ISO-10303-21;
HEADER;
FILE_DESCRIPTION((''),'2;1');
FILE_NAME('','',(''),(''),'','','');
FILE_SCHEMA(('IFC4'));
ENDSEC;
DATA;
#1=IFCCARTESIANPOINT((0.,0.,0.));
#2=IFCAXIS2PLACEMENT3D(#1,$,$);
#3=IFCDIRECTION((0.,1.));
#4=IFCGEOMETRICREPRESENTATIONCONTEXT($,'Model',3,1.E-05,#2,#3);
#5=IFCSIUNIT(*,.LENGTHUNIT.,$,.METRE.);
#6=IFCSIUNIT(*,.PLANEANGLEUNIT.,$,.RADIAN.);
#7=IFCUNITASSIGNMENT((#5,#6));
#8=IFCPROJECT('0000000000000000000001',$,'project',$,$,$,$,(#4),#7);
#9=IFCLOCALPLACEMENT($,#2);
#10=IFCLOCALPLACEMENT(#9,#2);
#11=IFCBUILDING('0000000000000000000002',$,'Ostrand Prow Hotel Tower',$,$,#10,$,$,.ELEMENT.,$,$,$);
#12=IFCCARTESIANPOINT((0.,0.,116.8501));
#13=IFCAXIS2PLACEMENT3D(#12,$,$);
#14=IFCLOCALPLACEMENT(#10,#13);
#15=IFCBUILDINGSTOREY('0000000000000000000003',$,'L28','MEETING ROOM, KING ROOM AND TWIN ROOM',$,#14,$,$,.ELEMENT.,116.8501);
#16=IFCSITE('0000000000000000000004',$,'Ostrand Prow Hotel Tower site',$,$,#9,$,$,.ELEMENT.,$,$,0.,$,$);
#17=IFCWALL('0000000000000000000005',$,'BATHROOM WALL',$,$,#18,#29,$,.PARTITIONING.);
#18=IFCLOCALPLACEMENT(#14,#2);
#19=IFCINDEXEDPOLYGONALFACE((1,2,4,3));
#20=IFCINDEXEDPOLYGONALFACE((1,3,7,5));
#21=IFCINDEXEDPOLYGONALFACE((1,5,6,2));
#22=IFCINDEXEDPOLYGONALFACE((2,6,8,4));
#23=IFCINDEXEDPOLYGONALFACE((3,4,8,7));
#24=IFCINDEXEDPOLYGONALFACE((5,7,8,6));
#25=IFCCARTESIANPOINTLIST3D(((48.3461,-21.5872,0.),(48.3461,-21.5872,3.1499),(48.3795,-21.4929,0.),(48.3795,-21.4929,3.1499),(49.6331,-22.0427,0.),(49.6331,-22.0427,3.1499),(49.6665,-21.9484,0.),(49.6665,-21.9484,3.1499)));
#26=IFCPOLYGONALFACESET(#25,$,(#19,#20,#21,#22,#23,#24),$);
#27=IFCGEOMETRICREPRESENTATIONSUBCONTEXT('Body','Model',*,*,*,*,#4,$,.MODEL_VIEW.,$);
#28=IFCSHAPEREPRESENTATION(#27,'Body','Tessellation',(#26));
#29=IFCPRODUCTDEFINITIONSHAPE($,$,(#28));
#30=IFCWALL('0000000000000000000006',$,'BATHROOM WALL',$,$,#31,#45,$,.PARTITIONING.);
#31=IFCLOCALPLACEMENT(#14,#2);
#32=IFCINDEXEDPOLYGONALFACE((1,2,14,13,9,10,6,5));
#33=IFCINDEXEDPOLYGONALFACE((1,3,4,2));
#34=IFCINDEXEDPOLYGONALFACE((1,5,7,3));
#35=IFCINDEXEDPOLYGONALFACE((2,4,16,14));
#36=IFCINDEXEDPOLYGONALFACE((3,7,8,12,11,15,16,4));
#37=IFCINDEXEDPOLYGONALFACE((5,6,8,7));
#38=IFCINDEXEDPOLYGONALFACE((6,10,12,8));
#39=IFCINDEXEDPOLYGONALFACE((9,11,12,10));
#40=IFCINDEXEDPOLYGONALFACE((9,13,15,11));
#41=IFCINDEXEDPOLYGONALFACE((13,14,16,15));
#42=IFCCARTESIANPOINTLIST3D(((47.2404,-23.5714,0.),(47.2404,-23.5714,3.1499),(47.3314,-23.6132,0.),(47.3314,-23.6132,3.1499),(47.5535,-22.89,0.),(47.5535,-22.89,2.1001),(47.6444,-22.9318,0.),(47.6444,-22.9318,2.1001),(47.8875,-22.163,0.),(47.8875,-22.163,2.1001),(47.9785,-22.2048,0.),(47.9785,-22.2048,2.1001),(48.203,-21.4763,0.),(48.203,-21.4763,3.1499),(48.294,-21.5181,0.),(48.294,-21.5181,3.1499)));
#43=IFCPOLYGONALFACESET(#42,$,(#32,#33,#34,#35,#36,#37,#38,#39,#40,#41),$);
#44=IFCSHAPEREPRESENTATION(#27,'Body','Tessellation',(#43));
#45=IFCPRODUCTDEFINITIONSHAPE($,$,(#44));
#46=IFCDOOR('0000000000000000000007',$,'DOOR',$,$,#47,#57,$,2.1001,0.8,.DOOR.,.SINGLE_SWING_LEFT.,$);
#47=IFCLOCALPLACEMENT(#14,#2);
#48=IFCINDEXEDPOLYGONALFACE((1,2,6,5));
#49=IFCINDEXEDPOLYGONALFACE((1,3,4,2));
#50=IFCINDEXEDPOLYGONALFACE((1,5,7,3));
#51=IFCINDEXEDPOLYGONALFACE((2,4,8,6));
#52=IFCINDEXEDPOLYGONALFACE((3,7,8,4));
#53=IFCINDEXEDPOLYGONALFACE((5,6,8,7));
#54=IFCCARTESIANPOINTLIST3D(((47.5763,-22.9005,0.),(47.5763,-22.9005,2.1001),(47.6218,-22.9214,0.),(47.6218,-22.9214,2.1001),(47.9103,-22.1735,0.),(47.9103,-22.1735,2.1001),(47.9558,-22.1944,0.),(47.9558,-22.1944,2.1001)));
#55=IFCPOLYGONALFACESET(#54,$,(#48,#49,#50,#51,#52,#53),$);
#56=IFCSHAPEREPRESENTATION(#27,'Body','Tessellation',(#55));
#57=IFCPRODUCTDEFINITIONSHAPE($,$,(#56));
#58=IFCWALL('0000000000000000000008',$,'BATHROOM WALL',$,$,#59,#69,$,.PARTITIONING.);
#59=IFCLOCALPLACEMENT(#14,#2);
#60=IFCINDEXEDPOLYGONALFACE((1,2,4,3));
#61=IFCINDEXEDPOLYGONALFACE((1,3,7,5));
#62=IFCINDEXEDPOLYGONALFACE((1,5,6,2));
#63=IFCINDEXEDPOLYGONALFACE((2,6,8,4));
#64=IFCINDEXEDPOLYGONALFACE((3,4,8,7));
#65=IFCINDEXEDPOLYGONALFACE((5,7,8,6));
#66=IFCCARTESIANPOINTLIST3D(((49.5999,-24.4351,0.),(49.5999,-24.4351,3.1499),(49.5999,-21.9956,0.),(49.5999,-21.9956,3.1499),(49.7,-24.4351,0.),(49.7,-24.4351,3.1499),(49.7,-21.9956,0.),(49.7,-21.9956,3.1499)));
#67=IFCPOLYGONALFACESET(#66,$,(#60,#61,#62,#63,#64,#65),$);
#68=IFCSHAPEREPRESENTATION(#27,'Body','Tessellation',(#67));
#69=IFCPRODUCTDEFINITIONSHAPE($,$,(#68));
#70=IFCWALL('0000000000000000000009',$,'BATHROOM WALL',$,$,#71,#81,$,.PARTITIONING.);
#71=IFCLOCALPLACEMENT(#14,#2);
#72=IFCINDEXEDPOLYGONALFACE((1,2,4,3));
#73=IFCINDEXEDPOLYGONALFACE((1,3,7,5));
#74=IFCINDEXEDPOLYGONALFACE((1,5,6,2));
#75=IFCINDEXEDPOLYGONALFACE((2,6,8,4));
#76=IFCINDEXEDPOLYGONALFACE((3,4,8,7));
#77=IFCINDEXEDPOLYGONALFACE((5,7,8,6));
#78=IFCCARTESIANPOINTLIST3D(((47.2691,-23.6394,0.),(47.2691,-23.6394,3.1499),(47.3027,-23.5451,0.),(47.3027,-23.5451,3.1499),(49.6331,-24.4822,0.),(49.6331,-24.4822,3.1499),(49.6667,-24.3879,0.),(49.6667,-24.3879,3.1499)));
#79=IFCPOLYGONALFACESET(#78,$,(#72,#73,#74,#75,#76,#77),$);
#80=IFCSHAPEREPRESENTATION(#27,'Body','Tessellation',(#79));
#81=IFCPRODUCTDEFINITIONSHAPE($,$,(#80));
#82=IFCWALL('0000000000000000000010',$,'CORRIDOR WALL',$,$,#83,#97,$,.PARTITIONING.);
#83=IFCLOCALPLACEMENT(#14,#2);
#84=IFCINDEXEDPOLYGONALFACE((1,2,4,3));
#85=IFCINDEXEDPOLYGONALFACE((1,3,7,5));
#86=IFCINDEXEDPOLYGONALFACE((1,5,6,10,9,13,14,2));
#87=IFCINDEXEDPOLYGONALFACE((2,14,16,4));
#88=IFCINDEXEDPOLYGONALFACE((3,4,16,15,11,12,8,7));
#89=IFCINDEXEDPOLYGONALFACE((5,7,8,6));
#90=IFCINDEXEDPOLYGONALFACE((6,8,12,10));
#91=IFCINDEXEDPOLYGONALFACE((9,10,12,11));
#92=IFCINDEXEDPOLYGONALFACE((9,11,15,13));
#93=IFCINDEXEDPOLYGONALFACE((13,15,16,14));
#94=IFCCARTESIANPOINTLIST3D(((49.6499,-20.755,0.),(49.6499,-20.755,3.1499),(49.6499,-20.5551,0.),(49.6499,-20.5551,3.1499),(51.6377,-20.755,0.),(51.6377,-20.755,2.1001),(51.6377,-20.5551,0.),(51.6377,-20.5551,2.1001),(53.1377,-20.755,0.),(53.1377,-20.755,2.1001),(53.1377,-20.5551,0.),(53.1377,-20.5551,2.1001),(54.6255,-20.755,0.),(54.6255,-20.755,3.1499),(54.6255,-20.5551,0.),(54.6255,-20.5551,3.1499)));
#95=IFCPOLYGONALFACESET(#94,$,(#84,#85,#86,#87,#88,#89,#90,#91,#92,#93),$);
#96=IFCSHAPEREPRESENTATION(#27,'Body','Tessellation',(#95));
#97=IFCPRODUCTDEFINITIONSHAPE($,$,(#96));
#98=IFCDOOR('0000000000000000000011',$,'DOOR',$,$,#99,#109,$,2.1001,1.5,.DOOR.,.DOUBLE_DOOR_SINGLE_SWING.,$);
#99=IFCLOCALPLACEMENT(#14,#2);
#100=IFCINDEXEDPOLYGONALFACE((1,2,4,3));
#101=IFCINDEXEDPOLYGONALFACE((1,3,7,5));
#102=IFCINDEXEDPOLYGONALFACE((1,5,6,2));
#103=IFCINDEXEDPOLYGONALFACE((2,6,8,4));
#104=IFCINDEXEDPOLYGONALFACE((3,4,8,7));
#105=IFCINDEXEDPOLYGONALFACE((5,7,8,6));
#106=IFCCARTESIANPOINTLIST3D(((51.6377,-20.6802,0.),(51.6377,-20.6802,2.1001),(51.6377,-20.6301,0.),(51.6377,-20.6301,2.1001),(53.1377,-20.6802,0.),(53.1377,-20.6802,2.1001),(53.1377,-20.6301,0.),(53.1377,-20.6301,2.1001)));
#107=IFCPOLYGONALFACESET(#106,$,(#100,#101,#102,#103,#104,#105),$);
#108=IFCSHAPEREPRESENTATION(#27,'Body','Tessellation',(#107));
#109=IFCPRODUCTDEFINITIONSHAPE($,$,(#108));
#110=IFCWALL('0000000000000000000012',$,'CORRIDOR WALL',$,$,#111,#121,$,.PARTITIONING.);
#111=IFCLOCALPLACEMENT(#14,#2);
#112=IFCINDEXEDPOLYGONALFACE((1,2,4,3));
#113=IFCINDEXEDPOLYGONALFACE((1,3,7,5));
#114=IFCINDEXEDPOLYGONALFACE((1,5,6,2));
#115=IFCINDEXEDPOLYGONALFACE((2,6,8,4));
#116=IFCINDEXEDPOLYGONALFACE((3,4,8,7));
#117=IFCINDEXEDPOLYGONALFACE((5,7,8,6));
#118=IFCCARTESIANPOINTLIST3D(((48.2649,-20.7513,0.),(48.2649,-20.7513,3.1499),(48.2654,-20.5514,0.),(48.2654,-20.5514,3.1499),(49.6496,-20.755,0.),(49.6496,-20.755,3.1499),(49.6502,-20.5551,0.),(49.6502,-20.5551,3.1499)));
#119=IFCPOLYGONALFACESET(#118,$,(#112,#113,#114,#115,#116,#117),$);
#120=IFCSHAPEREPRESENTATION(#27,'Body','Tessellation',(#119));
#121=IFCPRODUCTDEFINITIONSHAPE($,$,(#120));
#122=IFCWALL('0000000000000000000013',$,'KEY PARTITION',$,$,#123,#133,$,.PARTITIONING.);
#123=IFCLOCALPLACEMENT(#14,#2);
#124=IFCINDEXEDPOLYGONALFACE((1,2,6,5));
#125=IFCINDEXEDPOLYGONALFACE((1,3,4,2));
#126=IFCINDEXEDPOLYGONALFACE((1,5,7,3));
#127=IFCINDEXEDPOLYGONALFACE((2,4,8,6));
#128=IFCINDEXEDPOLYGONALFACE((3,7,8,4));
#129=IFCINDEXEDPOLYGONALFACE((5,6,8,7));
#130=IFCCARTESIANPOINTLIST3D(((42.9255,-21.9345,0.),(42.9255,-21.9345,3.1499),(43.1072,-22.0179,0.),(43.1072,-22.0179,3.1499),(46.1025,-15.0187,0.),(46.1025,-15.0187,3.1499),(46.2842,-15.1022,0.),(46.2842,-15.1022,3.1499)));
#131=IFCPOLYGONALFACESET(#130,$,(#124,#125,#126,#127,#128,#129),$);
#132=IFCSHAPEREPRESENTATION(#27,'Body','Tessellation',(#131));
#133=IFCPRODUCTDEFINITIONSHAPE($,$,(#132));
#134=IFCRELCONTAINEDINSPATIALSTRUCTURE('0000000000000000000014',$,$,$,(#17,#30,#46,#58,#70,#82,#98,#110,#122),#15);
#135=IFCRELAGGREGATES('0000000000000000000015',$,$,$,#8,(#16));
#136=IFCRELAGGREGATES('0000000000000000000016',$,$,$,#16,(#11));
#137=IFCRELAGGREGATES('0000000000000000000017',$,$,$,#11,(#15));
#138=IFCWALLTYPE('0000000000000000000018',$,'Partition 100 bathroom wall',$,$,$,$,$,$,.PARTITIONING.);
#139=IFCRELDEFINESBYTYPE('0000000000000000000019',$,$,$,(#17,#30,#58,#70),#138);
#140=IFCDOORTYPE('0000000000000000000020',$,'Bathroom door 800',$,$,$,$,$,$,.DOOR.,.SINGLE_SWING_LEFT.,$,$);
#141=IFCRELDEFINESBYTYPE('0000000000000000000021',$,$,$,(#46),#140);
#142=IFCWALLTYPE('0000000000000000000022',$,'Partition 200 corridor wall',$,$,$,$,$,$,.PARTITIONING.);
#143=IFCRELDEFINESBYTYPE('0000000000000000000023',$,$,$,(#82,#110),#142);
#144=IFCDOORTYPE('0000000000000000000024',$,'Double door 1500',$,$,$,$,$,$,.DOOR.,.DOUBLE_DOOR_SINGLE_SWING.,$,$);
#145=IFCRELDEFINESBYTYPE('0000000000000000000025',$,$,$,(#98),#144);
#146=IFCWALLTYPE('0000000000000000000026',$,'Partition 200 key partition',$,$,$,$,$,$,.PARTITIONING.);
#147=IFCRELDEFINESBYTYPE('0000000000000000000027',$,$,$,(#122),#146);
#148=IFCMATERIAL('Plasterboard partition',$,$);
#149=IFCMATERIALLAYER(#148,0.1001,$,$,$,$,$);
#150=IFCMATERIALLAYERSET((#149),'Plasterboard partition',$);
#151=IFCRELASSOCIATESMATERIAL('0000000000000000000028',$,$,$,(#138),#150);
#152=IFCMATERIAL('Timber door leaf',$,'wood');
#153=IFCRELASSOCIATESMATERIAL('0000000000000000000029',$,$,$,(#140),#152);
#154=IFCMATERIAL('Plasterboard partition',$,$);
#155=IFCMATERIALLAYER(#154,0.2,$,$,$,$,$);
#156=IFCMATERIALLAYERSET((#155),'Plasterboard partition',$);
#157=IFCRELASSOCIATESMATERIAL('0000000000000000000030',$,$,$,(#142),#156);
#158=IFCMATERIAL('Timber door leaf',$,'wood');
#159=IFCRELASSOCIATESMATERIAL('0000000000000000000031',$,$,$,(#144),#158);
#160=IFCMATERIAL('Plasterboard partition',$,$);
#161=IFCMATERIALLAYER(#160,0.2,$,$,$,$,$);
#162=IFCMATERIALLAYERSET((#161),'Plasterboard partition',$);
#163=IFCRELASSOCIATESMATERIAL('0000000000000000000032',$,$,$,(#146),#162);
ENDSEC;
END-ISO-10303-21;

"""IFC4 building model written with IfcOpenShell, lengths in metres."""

from ifc_helpers import new_model, si_unit, direction, frame, frame_2d, origin, place, context, subcontext, project, spatial, rectangle, extrude, material, layer, layer_set, type_object, element, fill, save


model = new_model("IFC4")

# Units and contexts
model_context = context("Model", 3, precision=1e-05, world=origin(), true_north=direction((0.0, 1.0)))
body_context = subcontext(model_context, "Body", "Model", "MODEL_VIEW")
ifc_project = project(units=[si_unit("LENGTHUNIT", "METRE"), si_unit("PLANEANGLEUNIT", "RADIAN")], contexts=[model_context])

# Site, building, storey
site_placement = place(None, origin())
site = spatial("IfcSite", under=ifc_project, at=site_placement, Name="Ostrand Prow Hotel Tower site", CompositionType="ELEMENT", RefElevation=0.0)
building_placement = place(site_placement, origin())
building = spatial("IfcBuilding", under=site, at=building_placement, Name="Ostrand Prow Hotel Tower", CompositionType="ELEMENT")
storey_placement = place(building_placement, frame((0.0, 0.0, 116.8501)))
storey = spatial("IfcBuildingStorey", under=building, at=storey_placement, Name="L28", Description="MEETING ROOM, KING ROOM AND TWIN ROOM", CompositionType="ELEMENT", Elevation=116.8501)

# Wall
ifc_material_1 = material(Name="Plasterboard partition")
ifc_layer_1 = layer(ifc_material_1, 0.1001)
ifc_layer_set_1 = layer_set([ifc_layer_1], Name="Plasterboard partition")
wall_type_1 = type_object("IfcWallType", Name="Partition 100 bathroom wall", PredefinedType="PARTITIONING", material=ifc_layer_set_1)
wall_1_placement = place(storey_placement, frame((48.3628, -21.54, 0.0), z_axis=(0.0, 0.0, 1.0), x_axis=(0.942693, -0.333662, 0.0)))
element("IfcWall", 1, at=wall_1_placement, inside=storey, type_object=wall_type_1, Name="BATHROOM WALL", PredefinedType="PARTITIONING", context=body_context, shape_type="SweptSolid", body=[
    extrude(rectangle(XDim=1.3652, YDim=0.1001, at=frame_2d((0.6826, 0.0))), origin(), (0.0, 0.0, 1.0), 3.1499),
])

# Wall, opening, door
wall_2_placement = place(storey_placement, frame((47.2859, -23.5923, 0.0), z_axis=(0.0, 0.0, 1.0), x_axis=(0.417493, 0.90868, 0.0)))
wall_2 = element("IfcWall", 2, at=wall_2_placement, inside=storey, type_object=wall_type_1, Name="BATHROOM WALL", PredefinedType="PARTITIONING", context=body_context, shape_type="SweptSolid", body=[
    extrude(rectangle(XDim=2.3057, YDim=0.1001, at=frame_2d((1.1528, 0.0))), origin(), (0.0, 0.0, 1.0), 3.1499),
])
opening_1_placement = place(wall_2_placement, frame((0.75, 0.0, 0.0)))
opening_1 = element("IfcOpeningElement", 3, at=opening_1_placement, cuts=wall_2, PredefinedType="OPENING", context=body_context, shape_type="SweptSolid", body=[
    extrude(rectangle(XDim=0.8, YDim=2.1001, at=frame_2d((0.3999, 1.05))), frame((0.0, 0.0601, 0.0), z_axis=(0.0, -1.0, 0.0), x_axis=(1.0, 0.0, 0.0)), (0.0, 0.0, 1.0), 0.1201),
])
ifc_material_2 = material(Name="Timber door leaf", Category="wood")
door_type_1 = type_object("IfcDoorType", Name="Bathroom door 800", OperationType="SINGLE_SWING_LEFT", PredefinedType="DOOR", material=ifc_material_2)
door_1_placement = place(opening_1_placement, origin())
door_1 = element("IfcDoor", 4, at=door_1_placement, inside=storey, type_object=door_type_1, Name="DOOR", OperationType="SINGLE_SWING_LEFT", OverallHeight=2.1001, OverallWidth=0.8, PredefinedType="DOOR", context=body_context, shape_type="SweptSolid", body=[
    extrude(rectangle(XDim=0.8, YDim=2.1001, at=frame_2d((0.3999, 1.05))), frame((0.0, 0.0249, 0.0), z_axis=(0.0, -1.0, 0.0), x_axis=(1.0, 0.0, 0.0)), (0.0, 0.0, 1.0), 0.05),
])
fill(opening_1, door_1)

# Walls
wall_3_placement = place(storey_placement, frame((49.6499, -21.9956, 0.0), z_axis=(0.0, 0.0, 1.0), x_axis=(0.0, -1.0, 0.0)))
element("IfcWall", 5, at=wall_3_placement, inside=storey, type_object=wall_type_1, Name="BATHROOM WALL", PredefinedType="PARTITIONING", context=body_context, shape_type="SweptSolid", body=[
    extrude(rectangle(XDim=2.4395, YDim=0.1001, at=frame_2d((1.2197, 0.0))), origin(), (0.0, 0.0, 1.0), 3.1499),
])
wall_4_placement = place(storey_placement, frame((49.6499, -24.4351, 0.0), z_axis=(0.0, 0.0, 1.0), x_axis=(-0.941933, 0.3358, 0.0)))
element("IfcWall", 6, at=wall_4_placement, inside=storey, type_object=wall_type_1, Name="BATHROOM WALL", PredefinedType="PARTITIONING", context=body_context, shape_type="SweptSolid", body=[
    extrude(rectangle(XDim=2.5098, YDim=0.1001, at=frame_2d((1.2549, 0.0))), origin(), (0.0, 0.0, 1.0), 3.1499),
])

# Wall, opening, door
ifc_material_3 = material(Name="Plasterboard partition")
ifc_layer_2 = layer(ifc_material_3, 0.2)
ifc_layer_set_2 = layer_set([ifc_layer_2], Name="Plasterboard partition")
wall_type_2 = type_object("IfcWallType", Name="Partition 200 corridor wall", PredefinedType="PARTITIONING", material=ifc_layer_set_2)
wall_5_placement = place(storey_placement, frame((49.6499, -20.655, 0.0), z_axis=(0.0, 0.0, 1.0), x_axis=(1.0, 0.0, 0.0)))
wall_5 = element("IfcWall", 7, at=wall_5_placement, inside=storey, type_object=wall_type_2, Name="CORRIDOR WALL", PredefinedType="PARTITIONING", context=body_context, shape_type="SweptSolid", body=[
    extrude(rectangle(XDim=4.9756, YDim=0.2, at=frame_2d((2.4878, 0.0))), origin(), (0.0, 0.0, 1.0), 3.1499),
])
opening_2_placement = place(wall_5_placement, frame((1.9878, 0.0, 0.0)))
opening_2 = element("IfcOpeningElement", 8, at=opening_2_placement, cuts=wall_5, PredefinedType="OPENING", context=body_context, shape_type="SweptSolid", body=[
    extrude(rectangle(XDim=1.5, YDim=2.1001, at=frame_2d((0.75, 1.05))), frame((0.0, 0.1099, 0.0), z_axis=(0.0, -1.0, 0.0), x_axis=(1.0, 0.0, 0.0)), (0.0, 0.0, 1.0), 0.22),
])
ifc_material_4 = material(Name="Timber door leaf", Category="wood")
door_type_2 = type_object("IfcDoorType", Name="Double door 1500", OperationType="DOUBLE_DOOR_SINGLE_SWING", PredefinedType="DOOR", material=ifc_material_4)
door_2_placement = place(opening_2_placement, origin())
door_2 = element("IfcDoor", 9, at=door_2_placement, inside=storey, type_object=door_type_2, Name="DOOR", OperationType="DOUBLE_DOOR_SINGLE_SWING", OverallHeight=2.1001, OverallWidth=1.5, PredefinedType="DOOR", context=body_context, shape_type="SweptSolid", body=[
    extrude(rectangle(XDim=1.5, YDim=2.1001, at=frame_2d((0.75, 1.05))), frame((0.0, 0.0249, 0.0), z_axis=(0.0, -1.0, 0.0), x_axis=(1.0, 0.0, 0.0)), (0.0, 0.0, 1.0), 0.05),
])
fill(opening_2, door_2)

# Walls
wall_6_placement = place(storey_placement, frame((48.2651, -20.6514, 0.0), z_axis=(0.0, 0.0, 1.0), x_axis=(0.999997, -0.002645, 0.0)))
element("IfcWall", 10, at=wall_6_placement, inside=storey, type_object=wall_type_2, Name="CORRIDOR WALL", PredefinedType="PARTITIONING", context=body_context, shape_type="SweptSolid", body=[
    extrude(rectangle(XDim=1.3848, YDim=0.2, at=frame_2d((0.6924, 0.0))), origin(), (0.0, 0.0, 1.0), 3.1499),
])
ifc_material_5 = material(Name="Plasterboard partition")
ifc_layer_3 = layer(ifc_material_5, 0.2)
ifc_layer_set_3 = layer_set([ifc_layer_3], Name="Plasterboard partition")
wall_type_3 = type_object("IfcWallType", Name="Partition 200 key partition", PredefinedType="PARTITIONING", material=ifc_layer_set_3)
wall_7_placement = place(storey_placement, frame((43.0164, -21.9761, 0.0), z_axis=(0.0, 0.0, 1.0), x_axis=(0.417444, 0.908702, 0.0)))
element("IfcWall", 11, at=wall_7_placement, inside=storey, type_object=wall_type_3, Name="KEY PARTITION", PredefinedType="PARTITIONING", context=body_context, shape_type="SweptSolid", body=[
    extrude(rectangle(XDim=7.6106, YDim=0.2, at=frame_2d((3.8052, 0.0))), origin(), (0.0, 0.0, 1.0), 3.1499),
])

save(model, "model.ifc")
